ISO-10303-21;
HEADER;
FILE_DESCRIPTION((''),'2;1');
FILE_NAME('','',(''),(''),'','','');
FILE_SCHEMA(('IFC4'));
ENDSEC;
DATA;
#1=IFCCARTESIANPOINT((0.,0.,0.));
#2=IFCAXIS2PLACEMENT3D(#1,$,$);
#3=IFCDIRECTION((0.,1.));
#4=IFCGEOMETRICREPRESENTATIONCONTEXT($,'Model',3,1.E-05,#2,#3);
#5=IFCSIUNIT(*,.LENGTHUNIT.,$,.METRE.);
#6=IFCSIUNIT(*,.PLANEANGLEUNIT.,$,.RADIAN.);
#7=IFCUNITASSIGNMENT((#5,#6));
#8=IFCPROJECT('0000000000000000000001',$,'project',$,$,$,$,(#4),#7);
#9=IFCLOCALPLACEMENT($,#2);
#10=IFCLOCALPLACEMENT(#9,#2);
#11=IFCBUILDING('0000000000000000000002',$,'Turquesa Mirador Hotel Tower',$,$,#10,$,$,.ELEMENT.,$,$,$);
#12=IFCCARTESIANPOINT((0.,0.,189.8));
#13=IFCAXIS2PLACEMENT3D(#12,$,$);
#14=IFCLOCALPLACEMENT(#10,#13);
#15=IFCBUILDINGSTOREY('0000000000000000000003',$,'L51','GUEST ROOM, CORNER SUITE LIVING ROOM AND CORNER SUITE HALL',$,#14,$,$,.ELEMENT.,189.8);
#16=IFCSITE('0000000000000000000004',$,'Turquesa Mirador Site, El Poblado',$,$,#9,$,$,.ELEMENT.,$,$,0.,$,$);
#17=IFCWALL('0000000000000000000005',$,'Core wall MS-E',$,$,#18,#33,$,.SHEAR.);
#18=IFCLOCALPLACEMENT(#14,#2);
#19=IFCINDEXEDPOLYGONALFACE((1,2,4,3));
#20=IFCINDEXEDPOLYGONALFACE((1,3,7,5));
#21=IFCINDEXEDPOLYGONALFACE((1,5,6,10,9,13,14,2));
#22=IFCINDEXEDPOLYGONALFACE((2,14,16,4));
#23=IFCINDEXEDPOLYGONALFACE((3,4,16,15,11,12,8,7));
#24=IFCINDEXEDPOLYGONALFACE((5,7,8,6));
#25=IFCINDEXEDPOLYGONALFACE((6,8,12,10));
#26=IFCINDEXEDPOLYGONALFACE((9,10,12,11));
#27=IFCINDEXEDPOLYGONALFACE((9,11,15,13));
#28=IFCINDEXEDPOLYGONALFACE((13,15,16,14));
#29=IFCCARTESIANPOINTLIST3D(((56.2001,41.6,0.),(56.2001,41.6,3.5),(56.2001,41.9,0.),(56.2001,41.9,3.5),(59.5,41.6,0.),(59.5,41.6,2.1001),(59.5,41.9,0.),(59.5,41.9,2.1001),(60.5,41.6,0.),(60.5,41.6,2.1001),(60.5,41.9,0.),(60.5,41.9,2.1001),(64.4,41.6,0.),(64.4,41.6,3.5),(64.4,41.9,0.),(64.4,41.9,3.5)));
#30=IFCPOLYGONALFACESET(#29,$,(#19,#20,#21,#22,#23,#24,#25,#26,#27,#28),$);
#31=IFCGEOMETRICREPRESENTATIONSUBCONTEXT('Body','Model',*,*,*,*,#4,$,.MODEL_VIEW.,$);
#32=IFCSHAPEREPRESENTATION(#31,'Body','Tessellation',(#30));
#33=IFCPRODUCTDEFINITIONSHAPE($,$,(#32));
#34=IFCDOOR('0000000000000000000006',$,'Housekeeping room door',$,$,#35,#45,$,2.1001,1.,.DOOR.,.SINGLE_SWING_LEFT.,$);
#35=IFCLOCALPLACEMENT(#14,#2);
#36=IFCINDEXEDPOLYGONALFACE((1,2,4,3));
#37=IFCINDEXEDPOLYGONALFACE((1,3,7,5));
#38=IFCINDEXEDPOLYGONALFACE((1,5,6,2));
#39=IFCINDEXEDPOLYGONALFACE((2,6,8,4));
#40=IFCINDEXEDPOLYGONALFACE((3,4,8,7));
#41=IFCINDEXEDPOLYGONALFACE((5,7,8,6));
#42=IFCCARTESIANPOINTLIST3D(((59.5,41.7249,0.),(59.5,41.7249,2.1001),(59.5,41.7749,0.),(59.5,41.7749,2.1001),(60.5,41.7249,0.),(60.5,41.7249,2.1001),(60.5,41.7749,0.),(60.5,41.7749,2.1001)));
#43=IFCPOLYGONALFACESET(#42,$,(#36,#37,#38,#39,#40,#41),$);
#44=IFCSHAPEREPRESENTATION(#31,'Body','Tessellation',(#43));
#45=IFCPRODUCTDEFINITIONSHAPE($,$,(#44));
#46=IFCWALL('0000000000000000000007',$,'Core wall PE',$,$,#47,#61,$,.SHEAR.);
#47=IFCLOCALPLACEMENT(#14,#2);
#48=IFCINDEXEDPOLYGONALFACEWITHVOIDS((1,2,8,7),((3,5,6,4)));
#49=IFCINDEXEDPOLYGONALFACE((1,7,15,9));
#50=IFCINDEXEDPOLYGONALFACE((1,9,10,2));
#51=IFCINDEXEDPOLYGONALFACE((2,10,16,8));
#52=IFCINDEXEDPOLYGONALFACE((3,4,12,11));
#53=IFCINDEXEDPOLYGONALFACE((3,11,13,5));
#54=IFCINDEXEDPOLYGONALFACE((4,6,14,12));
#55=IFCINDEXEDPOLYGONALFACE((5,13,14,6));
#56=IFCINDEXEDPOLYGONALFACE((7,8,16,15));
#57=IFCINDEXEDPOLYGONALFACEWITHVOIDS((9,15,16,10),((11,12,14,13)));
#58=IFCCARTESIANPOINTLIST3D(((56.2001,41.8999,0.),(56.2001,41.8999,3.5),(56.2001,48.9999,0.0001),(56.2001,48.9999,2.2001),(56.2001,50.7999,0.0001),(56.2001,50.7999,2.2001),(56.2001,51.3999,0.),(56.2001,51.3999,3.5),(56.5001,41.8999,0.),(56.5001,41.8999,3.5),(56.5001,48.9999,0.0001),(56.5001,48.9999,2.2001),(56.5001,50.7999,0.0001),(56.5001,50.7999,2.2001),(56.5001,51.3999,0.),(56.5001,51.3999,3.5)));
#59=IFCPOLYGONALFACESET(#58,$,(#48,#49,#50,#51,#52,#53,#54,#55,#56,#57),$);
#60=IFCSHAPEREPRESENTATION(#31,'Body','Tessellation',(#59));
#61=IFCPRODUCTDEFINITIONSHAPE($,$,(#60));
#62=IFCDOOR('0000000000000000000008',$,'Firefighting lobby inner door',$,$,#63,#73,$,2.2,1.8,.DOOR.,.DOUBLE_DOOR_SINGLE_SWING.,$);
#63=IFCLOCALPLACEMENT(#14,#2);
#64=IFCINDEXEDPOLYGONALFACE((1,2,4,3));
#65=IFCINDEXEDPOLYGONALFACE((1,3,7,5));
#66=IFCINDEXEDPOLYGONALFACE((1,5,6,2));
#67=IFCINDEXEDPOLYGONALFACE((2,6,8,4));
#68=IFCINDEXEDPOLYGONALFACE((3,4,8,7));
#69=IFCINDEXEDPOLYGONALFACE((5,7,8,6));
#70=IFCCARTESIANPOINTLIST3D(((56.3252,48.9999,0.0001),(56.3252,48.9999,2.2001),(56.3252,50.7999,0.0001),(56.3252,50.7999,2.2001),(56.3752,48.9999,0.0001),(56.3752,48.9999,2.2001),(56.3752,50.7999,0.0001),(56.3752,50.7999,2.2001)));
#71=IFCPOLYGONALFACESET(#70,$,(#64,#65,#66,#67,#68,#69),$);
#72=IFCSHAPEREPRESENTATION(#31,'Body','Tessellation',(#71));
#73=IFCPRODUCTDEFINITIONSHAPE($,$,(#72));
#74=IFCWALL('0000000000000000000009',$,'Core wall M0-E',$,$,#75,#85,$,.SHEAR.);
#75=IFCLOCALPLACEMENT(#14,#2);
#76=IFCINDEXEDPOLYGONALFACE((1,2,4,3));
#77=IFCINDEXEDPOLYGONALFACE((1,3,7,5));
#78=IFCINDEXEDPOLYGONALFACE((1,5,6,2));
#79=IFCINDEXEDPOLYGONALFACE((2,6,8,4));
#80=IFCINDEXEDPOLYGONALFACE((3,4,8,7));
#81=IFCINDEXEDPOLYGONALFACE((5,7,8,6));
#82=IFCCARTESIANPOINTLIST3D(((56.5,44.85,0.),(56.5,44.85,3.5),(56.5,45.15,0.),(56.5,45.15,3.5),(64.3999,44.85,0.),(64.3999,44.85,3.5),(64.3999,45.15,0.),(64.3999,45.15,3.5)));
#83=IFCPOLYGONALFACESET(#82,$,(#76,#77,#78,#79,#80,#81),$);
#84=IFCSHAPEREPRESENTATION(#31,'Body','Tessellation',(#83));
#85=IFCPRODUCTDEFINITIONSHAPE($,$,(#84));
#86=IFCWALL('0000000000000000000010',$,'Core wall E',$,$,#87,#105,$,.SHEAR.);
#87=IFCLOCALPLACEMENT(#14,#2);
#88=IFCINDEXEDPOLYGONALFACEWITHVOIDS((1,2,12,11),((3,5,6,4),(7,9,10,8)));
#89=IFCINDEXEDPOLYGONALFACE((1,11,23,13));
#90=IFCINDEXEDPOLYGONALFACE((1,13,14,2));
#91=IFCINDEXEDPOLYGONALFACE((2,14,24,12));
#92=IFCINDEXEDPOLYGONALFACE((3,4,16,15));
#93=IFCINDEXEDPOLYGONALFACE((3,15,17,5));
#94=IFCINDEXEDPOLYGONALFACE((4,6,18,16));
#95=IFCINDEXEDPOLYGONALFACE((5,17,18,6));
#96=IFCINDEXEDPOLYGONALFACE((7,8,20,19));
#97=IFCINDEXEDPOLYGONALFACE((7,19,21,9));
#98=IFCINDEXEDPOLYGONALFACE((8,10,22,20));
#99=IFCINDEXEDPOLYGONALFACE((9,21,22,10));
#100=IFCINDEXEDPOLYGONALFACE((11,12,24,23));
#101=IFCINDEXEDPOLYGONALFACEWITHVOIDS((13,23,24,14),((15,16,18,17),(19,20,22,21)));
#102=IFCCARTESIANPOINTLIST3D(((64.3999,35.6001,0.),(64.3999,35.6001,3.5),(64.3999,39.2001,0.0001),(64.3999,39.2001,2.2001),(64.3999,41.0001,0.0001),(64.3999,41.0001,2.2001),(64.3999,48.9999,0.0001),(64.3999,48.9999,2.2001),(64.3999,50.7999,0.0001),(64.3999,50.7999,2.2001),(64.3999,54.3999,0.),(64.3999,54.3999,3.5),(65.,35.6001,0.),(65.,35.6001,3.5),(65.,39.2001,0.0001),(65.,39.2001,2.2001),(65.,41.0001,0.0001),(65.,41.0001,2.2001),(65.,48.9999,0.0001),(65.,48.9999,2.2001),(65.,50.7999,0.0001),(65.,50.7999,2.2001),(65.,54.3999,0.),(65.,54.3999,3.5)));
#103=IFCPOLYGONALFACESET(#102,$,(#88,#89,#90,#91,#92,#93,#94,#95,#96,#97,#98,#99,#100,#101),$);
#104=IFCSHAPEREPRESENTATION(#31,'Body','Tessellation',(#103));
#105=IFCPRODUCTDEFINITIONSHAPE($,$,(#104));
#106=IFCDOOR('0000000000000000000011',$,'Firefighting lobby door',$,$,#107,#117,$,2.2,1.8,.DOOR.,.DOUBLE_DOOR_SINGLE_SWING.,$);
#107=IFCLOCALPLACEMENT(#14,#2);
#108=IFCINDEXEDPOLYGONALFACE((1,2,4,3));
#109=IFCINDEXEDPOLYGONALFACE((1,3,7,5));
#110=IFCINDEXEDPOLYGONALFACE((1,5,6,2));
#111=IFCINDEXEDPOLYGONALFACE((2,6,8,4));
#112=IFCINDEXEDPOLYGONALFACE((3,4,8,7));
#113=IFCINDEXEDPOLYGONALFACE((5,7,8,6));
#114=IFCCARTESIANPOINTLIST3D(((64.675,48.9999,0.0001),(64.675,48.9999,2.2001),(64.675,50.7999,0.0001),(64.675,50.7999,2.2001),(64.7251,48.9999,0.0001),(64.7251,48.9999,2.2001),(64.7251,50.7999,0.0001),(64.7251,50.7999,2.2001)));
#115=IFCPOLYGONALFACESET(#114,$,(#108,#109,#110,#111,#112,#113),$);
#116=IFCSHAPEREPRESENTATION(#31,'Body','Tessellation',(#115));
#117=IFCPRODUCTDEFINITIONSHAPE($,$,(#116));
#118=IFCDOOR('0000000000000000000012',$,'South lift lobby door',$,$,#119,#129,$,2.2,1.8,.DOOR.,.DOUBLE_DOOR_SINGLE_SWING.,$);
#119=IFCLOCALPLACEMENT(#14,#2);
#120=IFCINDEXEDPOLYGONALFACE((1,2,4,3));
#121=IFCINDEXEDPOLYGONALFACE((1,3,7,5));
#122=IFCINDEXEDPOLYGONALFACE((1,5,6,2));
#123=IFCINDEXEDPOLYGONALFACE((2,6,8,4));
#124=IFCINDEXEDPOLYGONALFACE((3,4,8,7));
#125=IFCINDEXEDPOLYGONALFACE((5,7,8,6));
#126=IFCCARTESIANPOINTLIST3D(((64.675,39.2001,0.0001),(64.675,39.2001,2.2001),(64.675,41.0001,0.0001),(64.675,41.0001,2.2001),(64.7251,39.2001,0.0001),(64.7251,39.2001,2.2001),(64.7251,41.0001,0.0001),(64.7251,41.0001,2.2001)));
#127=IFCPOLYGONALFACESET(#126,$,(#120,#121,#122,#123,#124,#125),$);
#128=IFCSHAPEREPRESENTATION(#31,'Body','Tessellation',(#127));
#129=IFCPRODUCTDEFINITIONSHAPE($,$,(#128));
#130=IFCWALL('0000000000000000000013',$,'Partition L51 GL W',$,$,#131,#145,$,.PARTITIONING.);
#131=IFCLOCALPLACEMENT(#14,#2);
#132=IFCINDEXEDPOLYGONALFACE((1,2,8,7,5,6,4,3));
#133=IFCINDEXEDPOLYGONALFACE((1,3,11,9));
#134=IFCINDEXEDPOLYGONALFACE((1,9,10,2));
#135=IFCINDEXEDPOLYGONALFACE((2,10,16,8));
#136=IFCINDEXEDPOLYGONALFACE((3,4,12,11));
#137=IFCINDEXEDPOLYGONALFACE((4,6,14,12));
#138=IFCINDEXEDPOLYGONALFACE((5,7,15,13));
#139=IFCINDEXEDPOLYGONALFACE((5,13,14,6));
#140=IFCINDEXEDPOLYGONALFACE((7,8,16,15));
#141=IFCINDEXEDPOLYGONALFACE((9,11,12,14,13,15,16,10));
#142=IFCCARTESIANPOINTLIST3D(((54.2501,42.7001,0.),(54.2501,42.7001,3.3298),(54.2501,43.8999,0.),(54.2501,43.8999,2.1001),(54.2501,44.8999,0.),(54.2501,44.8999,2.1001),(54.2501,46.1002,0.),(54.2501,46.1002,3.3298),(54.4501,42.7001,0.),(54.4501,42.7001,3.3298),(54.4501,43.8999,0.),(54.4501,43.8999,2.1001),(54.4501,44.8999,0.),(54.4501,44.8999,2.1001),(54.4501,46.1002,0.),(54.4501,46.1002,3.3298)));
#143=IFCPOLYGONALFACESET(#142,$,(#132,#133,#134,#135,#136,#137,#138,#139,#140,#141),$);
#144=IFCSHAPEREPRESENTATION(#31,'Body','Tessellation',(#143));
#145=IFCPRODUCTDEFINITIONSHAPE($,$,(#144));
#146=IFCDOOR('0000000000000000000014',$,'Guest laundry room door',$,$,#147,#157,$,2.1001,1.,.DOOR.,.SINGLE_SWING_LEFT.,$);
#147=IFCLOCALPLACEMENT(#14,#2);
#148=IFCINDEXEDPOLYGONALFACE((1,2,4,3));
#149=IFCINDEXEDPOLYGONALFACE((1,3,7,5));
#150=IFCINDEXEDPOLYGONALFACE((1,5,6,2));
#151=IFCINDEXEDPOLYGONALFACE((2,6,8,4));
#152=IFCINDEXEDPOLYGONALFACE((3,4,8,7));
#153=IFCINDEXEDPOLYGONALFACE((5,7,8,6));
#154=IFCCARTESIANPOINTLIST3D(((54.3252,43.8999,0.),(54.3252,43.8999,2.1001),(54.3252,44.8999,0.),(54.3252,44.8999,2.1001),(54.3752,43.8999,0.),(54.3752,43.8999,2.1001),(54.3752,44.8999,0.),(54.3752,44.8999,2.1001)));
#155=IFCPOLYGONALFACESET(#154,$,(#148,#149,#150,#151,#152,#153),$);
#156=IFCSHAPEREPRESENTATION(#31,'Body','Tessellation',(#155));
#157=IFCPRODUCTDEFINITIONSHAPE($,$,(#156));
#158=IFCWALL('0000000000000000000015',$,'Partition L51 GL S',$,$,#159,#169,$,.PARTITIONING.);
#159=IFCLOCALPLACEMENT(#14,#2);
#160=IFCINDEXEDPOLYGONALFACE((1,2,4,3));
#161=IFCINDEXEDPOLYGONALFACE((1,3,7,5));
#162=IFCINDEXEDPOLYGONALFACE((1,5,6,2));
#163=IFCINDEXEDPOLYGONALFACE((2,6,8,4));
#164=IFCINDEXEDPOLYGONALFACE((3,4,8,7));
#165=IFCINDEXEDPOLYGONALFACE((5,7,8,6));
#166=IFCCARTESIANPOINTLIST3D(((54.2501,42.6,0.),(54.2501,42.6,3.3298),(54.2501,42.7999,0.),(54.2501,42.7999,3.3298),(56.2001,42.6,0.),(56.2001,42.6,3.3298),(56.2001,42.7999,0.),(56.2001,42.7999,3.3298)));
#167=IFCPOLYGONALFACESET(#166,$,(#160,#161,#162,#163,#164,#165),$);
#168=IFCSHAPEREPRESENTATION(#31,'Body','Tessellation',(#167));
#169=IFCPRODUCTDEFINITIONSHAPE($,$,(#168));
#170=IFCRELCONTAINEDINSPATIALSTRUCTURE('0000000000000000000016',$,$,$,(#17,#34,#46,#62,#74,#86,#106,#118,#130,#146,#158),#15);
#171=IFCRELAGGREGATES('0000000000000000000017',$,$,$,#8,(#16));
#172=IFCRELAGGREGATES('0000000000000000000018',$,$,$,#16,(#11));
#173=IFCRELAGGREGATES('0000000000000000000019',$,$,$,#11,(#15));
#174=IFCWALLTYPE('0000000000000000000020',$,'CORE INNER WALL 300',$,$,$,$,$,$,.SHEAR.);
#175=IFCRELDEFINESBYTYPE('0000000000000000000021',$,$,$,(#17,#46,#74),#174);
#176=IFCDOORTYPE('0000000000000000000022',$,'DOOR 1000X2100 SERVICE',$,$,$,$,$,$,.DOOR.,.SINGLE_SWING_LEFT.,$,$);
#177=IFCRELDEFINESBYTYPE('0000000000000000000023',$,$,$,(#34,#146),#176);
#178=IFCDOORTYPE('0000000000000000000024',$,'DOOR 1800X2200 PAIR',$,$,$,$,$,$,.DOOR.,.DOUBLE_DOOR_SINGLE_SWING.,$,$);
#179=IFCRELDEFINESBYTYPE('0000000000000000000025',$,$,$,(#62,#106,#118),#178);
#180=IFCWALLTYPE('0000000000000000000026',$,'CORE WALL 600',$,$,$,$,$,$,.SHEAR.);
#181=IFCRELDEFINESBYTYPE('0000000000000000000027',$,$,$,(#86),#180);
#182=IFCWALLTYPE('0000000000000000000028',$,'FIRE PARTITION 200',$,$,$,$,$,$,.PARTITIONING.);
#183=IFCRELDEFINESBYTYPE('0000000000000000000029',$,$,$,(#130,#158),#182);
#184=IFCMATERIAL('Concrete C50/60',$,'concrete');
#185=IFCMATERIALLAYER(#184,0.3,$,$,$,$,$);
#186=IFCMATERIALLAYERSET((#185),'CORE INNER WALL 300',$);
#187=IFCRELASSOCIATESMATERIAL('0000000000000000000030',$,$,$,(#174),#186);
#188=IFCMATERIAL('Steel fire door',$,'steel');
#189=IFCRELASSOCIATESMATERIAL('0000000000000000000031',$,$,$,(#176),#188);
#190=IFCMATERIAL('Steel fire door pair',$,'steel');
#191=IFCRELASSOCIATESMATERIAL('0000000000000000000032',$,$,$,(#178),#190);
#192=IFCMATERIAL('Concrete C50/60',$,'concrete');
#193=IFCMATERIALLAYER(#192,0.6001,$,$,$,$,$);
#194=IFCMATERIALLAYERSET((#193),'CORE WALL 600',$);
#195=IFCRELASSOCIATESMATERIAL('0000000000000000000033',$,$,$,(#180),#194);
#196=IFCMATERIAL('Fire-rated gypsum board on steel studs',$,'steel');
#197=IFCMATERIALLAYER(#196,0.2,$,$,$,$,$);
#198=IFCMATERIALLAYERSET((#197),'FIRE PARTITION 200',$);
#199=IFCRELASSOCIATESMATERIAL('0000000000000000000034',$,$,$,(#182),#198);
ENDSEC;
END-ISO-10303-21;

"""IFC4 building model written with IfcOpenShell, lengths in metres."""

from ifc_helpers import new_model, si_unit, direction, frame, frame_2d, origin, place, context, subcontext, project, spatial, rectangle, extrude, material, layer, layer_set, type_object, element, fill, save


model = new_model("IFC4")

# Units and contexts
model_context = context("Model", 3, precision=1e-05, world=origin(), true_north=direction((0.0, 1.0)))
body_context = subcontext(model_context, "Body", "Model", "MODEL_VIEW")
ifc_project = project(units=[si_unit("LENGTHUNIT", "METRE"), si_unit("PLANEANGLEUNIT", "RADIAN")], contexts=[model_context])

# Site, building, storey
site_placement = place(None, origin())
site = spatial("IfcSite", under=ifc_project, at=site_placement, Name="Turquesa Mirador Site, El Poblado", CompositionType="ELEMENT", RefElevation=0.0)
building_placement = place(site_placement, origin())
building = spatial("IfcBuilding", under=site, at=building_placement, Name="Turquesa Mirador Hotel Tower", CompositionType="ELEMENT")
storey_placement = place(building_placement, frame((0.0, 0.0, 189.8)))
storey = spatial("IfcBuildingStorey", under=building, at=storey_placement, Name="L51", Description="GUEST ROOM, CORNER SUITE LIVING ROOM AND CORNER SUITE HALL", CompositionType="ELEMENT", Elevation=189.8)

# Walls, openings, doors
ifc_material_1 = material(Name="Concrete C50/60", Category="concrete")
ifc_layer_1 = layer(ifc_material_1, 0.3)
ifc_layer_set_1 = layer_set([ifc_layer_1], Name="CORE INNER WALL 300")
wall_type_1 = type_object("IfcWallType", Name="CORE INNER WALL 300", PredefinedType="SHEAR", material=ifc_layer_set_1)
wall_1_placement = place(storey_placement, frame((56.2, 41.75, 0.0), z_axis=(0.0, 0.0, 1.0), x_axis=(1.0, 0.0, 0.0)))
wall_1 = element("IfcWall", 1, at=wall_1_placement, inside=storey, type_object=wall_type_1, Name="Core wall MS-E", PredefinedType="SHEAR", context=body_context, shape_type="SweptSolid", body=[
    extrude(rectangle(XDim=8.2, YDim=0.3, at=frame_2d((4.1001, 0.0))), origin(), (0.0, 0.0, 1.0), 3.5),
])
opening_1_placement = place(wall_1_placement, frame((3.3, 0.0, 0.0)))
opening_1 = element("IfcOpeningElement", 2, at=opening_1_placement, cuts=wall_1, PredefinedType="OPENING", context=body_context, shape_type="SweptSolid", body=[
    extrude(rectangle(XDim=1.0, YDim=2.1001, at=frame_2d((0.5, 1.05))), frame((0.0, 0.1599, 0.0), z_axis=(0.0, -1.0, 0.0), x_axis=(1.0, 0.0, 0.0)), (0.0, 0.0, 1.0), 0.3201),
])
ifc_material_2 = material(Name="Steel fire door", Category="steel")
door_type_1 = type_object("IfcDoorType", Name="DOOR 1000X2100 SERVICE", OperationType="SINGLE_SWING_LEFT", PredefinedType="DOOR", material=ifc_material_2)
door_1_placement = place(opening_1_placement, origin())
door_1 = element("IfcDoor", 3, at=door_1_placement, inside=storey, type_object=door_type_1, Name="Housekeeping room door", OperationType="SINGLE_SWING_LEFT", OverallHeight=2.1001, OverallWidth=1.0, PredefinedType="DOOR", context=body_context, shape_type="SweptSolid", body=[
    extrude(rectangle(XDim=1.0, YDim=2.1001, at=frame_2d((0.5, 1.05))), frame((0.0, 0.0249, 0.0), z_axis=(0.0, -1.0, 0.0), x_axis=(1.0, 0.0, 0.0)), (0.0, 0.0, 1.0), 0.05),
])
fill(opening_1, door_1)
wall_2_placement = place(storey_placement, frame((56.3501, 41.8999, 0.0), z_axis=(0.0, 0.0, 1.0), x_axis=(0.0, 1.0, 0.0)))
wall_2 = element("IfcWall", 4, at=wall_2_placement, inside=storey, type_object=wall_type_1, Name="Core wall PE", PredefinedType="SHEAR", context=body_context, shape_type="SweptSolid", body=[
    extrude(rectangle(XDim=9.5, YDim=0.3, at=frame_2d((4.75, 0.0))), origin(), (0.0, 0.0, 1.0), 3.5),
])
opening_2_placement = place(wall_2_placement, frame((7.1001, 0.0, 0.0)))
opening_2 = element("IfcOpeningElement", 5, at=opening_2_placement, cuts=wall_2, PredefinedType="OPENING", context=body_context, shape_type="SweptSolid", body=[
    extrude(rectangle(XDim=1.8, YDim=2.2, at=frame_2d((0.8999, 1.1001))), frame((0.0, 0.1599, 0.0), z_axis=(0.0, -1.0, 0.0), x_axis=(1.0, 0.0, 0.0)), (0.0, 0.0, 1.0), 0.3201),
])
ifc_material_3 = material(Name="Steel fire door pair", Category="steel")
door_type_2 = type_object("IfcDoorType", Name="DOOR 1800X2200 PAIR", OperationType="DOUBLE_DOOR_SINGLE_SWING", PredefinedType="DOOR", material=ifc_material_3)
door_2_placement = place(opening_2_placement, origin())
door_2 = element("IfcDoor", 6, at=door_2_placement, inside=storey, type_object=door_type_2, Name="Firefighting lobby inner door", OperationType="DOUBLE_DOOR_SINGLE_SWING", OverallHeight=2.2, OverallWidth=1.8, PredefinedType="DOOR", context=body_context, shape_type="SweptSolid", body=[
    extrude(rectangle(XDim=1.8, YDim=2.2, at=frame_2d((0.8999, 1.1001))), frame((0.0, 0.0249, 0.0), z_axis=(0.0, -1.0, 0.0), x_axis=(1.0, 0.0, 0.0)), (0.0, 0.0, 1.0), 0.05),
])
fill(opening_2, door_2)

# Wall
wall_3_placement = place(storey_placement, frame((56.5, 45.0, 0.0), z_axis=(0.0, 0.0, 1.0), x_axis=(1.0, 0.0, 0.0)))
element("IfcWall", 7, at=wall_3_placement, inside=storey, type_object=wall_type_1, Name="Core wall M0-E", PredefinedType="SHEAR", context=body_context, shape_type="SweptSolid", body=[
    extrude(rectangle(XDim=7.8999, YDim=0.3, at=frame_2d((3.95, 0.0))), origin(), (0.0, 0.0, 1.0), 3.5),
])

# Wall, openings, doors
ifc_material_4 = material(Name="Concrete C50/60", Category="concrete")
ifc_layer_2 = layer(ifc_material_4, 0.6001)
ifc_layer_set_2 = layer_set([ifc_layer_2], Name="CORE WALL 600")
wall_type_2 = type_object("IfcWallType", Name="CORE WALL 600", PredefinedType="SHEAR", material=ifc_layer_set_2)
wall_4_placement = place(storey_placement, frame((64.7, 35.6001, 0.0), z_axis=(0.0, 0.0, 1.0), x_axis=(0.0, 1.0, 0.0)))
wall_4 = element("IfcWall", 8, at=wall_4_placement, inside=storey, type_object=wall_type_2, Name="Core wall E", PredefinedType="SHEAR", context=body_context, shape_type="SweptSolid", body=[
    extrude(rectangle(XDim=18.7998, YDim=0.6001, at=frame_2d((9.3999, 0.0))), origin(), (0.0, 0.0, 1.0), 3.5),
])
opening_3_placement = place(wall_4_placement, frame((13.3999, 0.0, 0.0)))
opening_3 = element("IfcOpeningElement", 9, at=opening_3_placement, cuts=wall_4, PredefinedType="OPENING", context=body_context, shape_type="SweptSolid", body=[
    extrude(rectangle(XDim=1.8, YDim=2.2, at=frame_2d((0.8999, 1.1001))), frame((0.0, 0.3101, 0.0), z_axis=(0.0, -1.0, 0.0), x_axis=(1.0, 0.0, 0.0)), (0.0, 0.0, 1.0), 0.6201),
])
opening_4_placement = place(wall_4_placement, frame((3.6001, 0.0, 0.0)))
opening_4 = element("IfcOpeningElement", 10, at=opening_4_placement, cuts=wall_4, PredefinedType="OPENING", context=body_context, shape_type="SweptSolid", body=[
    extrude(rectangle(XDim=1.8, YDim=2.2, at=frame_2d((0.8999, 1.1001))), frame((0.0, 0.3101, 0.0), z_axis=(0.0, -1.0, 0.0), x_axis=(1.0, 0.0, 0.0)), (0.0, 0.0, 1.0), 0.6201),
])
door_3_placement = place(opening_3_placement, origin())
door_3 = element("IfcDoor", 11, at=door_3_placement, inside=storey, type_object=door_type_2, Name="Firefighting lobby door", OperationType="DOUBLE_DOOR_SINGLE_SWING", OverallHeight=2.2, OverallWidth=1.8, PredefinedType="DOOR", context=body_context, shape_type="SweptSolid", body=[
    extrude(rectangle(XDim=1.8, YDim=2.2, at=frame_2d((0.8999, 1.1001))), frame((0.0, 0.0249, 0.0), z_axis=(0.0, -1.0, 0.0), x_axis=(1.0, 0.0, 0.0)), (0.0, 0.0, 1.0), 0.05),
])
fill(opening_3, door_3)
door_4_placement = place(opening_4_placement, origin())
door_4 = element("IfcDoor", 12, at=door_4_placement, inside=storey, type_object=door_type_2, Name="South lift lobby door", OperationType="DOUBLE_DOOR_SINGLE_SWING", OverallHeight=2.2, OverallWidth=1.8, PredefinedType="DOOR", context=body_context, shape_type="SweptSolid", body=[
    extrude(rectangle(XDim=1.8, YDim=2.2, at=frame_2d((0.8999, 1.1001))), frame((0.0, 0.0249, 0.0), z_axis=(0.0, -1.0, 0.0), x_axis=(1.0, 0.0, 0.0)), (0.0, 0.0, 1.0), 0.05),
])
fill(opening_4, door_4)

# Wall, opening, door
ifc_material_5 = material(Name="Fire-rated gypsum board on steel studs", Category="steel")
ifc_layer_3 = layer(ifc_material_5, 0.2)
ifc_layer_set_3 = layer_set([ifc_layer_3], Name="FIRE PARTITION 200")
wall_type_3 = type_object("IfcWallType", Name="FIRE PARTITION 200", PredefinedType="PARTITIONING", material=ifc_layer_set_3)
wall_5_placement = place(storey_placement, frame((54.3501, 42.7, 0.0), z_axis=(0.0, 0.0, 1.0), x_axis=(0.0, 1.0, 0.0)))
wall_5 = element("IfcWall", 13, at=wall_5_placement, inside=storey, type_object=wall_type_3, Name="Partition L51 GL W", PredefinedType="PARTITIONING", context=body_context, shape_type="SweptSolid", body=[
    extrude(rectangle(XDim=3.4001, YDim=0.2, at=frame_2d((1.7002, 0.0))), origin(), (0.0, 0.0, 1.0), 3.3298),
])
opening_5_placement = place(wall_5_placement, frame((1.2, 0.0, 0.0)))
opening_5 = element("IfcOpeningElement", 14, at=opening_5_placement, cuts=wall_5, PredefinedType="OPENING", context=body_context, shape_type="SweptSolid", body=[
    extrude(rectangle(XDim=1.0, YDim=2.1001, at=frame_2d((0.5, 1.05))), frame((0.0, 0.1099, 0.0), z_axis=(0.0, -1.0, 0.0), x_axis=(1.0, 0.0, 0.0)), (0.0, 0.0, 1.0), 0.22),
])
door_5_placement = place(opening_5_placement, origin())
door_5 = element("IfcDoor", 15, at=door_5_placement, inside=storey, type_object=door_type_1, Name="Guest laundry room door", OperationType="SINGLE_SWING_LEFT", OverallHeight=2.1001, OverallWidth=1.0, PredefinedType="DOOR", context=body_context, shape_type="SweptSolid", body=[
    extrude(rectangle(XDim=1.0, YDim=2.1001, at=frame_2d((0.5, 1.05))), frame((0.0, 0.0249, 0.0), z_axis=(0.0, -1.0, 0.0), x_axis=(1.0, 0.0, 0.0)), (0.0, 0.0, 1.0), 0.05),
])
fill(opening_5, door_5)

# Wall
wall_6_placement = place(storey_placement, frame((54.25, 42.7, 0.0), z_axis=(0.0, 0.0, 1.0), x_axis=(1.0, 0.0, 0.0)))
element("IfcWall", 16, at=wall_6_placement, inside=storey, type_object=wall_type_3, Name="Partition L51 GL S", PredefinedType="PARTITIONING", context=body_context, shape_type="SweptSolid", body=[
    extrude(rectangle(XDim=1.95, YDim=0.2, at=frame_2d((0.9751, 0.0))), origin(), (0.0, 0.0, 1.0), 3.3298),
])

save(model, "model.ifc")
